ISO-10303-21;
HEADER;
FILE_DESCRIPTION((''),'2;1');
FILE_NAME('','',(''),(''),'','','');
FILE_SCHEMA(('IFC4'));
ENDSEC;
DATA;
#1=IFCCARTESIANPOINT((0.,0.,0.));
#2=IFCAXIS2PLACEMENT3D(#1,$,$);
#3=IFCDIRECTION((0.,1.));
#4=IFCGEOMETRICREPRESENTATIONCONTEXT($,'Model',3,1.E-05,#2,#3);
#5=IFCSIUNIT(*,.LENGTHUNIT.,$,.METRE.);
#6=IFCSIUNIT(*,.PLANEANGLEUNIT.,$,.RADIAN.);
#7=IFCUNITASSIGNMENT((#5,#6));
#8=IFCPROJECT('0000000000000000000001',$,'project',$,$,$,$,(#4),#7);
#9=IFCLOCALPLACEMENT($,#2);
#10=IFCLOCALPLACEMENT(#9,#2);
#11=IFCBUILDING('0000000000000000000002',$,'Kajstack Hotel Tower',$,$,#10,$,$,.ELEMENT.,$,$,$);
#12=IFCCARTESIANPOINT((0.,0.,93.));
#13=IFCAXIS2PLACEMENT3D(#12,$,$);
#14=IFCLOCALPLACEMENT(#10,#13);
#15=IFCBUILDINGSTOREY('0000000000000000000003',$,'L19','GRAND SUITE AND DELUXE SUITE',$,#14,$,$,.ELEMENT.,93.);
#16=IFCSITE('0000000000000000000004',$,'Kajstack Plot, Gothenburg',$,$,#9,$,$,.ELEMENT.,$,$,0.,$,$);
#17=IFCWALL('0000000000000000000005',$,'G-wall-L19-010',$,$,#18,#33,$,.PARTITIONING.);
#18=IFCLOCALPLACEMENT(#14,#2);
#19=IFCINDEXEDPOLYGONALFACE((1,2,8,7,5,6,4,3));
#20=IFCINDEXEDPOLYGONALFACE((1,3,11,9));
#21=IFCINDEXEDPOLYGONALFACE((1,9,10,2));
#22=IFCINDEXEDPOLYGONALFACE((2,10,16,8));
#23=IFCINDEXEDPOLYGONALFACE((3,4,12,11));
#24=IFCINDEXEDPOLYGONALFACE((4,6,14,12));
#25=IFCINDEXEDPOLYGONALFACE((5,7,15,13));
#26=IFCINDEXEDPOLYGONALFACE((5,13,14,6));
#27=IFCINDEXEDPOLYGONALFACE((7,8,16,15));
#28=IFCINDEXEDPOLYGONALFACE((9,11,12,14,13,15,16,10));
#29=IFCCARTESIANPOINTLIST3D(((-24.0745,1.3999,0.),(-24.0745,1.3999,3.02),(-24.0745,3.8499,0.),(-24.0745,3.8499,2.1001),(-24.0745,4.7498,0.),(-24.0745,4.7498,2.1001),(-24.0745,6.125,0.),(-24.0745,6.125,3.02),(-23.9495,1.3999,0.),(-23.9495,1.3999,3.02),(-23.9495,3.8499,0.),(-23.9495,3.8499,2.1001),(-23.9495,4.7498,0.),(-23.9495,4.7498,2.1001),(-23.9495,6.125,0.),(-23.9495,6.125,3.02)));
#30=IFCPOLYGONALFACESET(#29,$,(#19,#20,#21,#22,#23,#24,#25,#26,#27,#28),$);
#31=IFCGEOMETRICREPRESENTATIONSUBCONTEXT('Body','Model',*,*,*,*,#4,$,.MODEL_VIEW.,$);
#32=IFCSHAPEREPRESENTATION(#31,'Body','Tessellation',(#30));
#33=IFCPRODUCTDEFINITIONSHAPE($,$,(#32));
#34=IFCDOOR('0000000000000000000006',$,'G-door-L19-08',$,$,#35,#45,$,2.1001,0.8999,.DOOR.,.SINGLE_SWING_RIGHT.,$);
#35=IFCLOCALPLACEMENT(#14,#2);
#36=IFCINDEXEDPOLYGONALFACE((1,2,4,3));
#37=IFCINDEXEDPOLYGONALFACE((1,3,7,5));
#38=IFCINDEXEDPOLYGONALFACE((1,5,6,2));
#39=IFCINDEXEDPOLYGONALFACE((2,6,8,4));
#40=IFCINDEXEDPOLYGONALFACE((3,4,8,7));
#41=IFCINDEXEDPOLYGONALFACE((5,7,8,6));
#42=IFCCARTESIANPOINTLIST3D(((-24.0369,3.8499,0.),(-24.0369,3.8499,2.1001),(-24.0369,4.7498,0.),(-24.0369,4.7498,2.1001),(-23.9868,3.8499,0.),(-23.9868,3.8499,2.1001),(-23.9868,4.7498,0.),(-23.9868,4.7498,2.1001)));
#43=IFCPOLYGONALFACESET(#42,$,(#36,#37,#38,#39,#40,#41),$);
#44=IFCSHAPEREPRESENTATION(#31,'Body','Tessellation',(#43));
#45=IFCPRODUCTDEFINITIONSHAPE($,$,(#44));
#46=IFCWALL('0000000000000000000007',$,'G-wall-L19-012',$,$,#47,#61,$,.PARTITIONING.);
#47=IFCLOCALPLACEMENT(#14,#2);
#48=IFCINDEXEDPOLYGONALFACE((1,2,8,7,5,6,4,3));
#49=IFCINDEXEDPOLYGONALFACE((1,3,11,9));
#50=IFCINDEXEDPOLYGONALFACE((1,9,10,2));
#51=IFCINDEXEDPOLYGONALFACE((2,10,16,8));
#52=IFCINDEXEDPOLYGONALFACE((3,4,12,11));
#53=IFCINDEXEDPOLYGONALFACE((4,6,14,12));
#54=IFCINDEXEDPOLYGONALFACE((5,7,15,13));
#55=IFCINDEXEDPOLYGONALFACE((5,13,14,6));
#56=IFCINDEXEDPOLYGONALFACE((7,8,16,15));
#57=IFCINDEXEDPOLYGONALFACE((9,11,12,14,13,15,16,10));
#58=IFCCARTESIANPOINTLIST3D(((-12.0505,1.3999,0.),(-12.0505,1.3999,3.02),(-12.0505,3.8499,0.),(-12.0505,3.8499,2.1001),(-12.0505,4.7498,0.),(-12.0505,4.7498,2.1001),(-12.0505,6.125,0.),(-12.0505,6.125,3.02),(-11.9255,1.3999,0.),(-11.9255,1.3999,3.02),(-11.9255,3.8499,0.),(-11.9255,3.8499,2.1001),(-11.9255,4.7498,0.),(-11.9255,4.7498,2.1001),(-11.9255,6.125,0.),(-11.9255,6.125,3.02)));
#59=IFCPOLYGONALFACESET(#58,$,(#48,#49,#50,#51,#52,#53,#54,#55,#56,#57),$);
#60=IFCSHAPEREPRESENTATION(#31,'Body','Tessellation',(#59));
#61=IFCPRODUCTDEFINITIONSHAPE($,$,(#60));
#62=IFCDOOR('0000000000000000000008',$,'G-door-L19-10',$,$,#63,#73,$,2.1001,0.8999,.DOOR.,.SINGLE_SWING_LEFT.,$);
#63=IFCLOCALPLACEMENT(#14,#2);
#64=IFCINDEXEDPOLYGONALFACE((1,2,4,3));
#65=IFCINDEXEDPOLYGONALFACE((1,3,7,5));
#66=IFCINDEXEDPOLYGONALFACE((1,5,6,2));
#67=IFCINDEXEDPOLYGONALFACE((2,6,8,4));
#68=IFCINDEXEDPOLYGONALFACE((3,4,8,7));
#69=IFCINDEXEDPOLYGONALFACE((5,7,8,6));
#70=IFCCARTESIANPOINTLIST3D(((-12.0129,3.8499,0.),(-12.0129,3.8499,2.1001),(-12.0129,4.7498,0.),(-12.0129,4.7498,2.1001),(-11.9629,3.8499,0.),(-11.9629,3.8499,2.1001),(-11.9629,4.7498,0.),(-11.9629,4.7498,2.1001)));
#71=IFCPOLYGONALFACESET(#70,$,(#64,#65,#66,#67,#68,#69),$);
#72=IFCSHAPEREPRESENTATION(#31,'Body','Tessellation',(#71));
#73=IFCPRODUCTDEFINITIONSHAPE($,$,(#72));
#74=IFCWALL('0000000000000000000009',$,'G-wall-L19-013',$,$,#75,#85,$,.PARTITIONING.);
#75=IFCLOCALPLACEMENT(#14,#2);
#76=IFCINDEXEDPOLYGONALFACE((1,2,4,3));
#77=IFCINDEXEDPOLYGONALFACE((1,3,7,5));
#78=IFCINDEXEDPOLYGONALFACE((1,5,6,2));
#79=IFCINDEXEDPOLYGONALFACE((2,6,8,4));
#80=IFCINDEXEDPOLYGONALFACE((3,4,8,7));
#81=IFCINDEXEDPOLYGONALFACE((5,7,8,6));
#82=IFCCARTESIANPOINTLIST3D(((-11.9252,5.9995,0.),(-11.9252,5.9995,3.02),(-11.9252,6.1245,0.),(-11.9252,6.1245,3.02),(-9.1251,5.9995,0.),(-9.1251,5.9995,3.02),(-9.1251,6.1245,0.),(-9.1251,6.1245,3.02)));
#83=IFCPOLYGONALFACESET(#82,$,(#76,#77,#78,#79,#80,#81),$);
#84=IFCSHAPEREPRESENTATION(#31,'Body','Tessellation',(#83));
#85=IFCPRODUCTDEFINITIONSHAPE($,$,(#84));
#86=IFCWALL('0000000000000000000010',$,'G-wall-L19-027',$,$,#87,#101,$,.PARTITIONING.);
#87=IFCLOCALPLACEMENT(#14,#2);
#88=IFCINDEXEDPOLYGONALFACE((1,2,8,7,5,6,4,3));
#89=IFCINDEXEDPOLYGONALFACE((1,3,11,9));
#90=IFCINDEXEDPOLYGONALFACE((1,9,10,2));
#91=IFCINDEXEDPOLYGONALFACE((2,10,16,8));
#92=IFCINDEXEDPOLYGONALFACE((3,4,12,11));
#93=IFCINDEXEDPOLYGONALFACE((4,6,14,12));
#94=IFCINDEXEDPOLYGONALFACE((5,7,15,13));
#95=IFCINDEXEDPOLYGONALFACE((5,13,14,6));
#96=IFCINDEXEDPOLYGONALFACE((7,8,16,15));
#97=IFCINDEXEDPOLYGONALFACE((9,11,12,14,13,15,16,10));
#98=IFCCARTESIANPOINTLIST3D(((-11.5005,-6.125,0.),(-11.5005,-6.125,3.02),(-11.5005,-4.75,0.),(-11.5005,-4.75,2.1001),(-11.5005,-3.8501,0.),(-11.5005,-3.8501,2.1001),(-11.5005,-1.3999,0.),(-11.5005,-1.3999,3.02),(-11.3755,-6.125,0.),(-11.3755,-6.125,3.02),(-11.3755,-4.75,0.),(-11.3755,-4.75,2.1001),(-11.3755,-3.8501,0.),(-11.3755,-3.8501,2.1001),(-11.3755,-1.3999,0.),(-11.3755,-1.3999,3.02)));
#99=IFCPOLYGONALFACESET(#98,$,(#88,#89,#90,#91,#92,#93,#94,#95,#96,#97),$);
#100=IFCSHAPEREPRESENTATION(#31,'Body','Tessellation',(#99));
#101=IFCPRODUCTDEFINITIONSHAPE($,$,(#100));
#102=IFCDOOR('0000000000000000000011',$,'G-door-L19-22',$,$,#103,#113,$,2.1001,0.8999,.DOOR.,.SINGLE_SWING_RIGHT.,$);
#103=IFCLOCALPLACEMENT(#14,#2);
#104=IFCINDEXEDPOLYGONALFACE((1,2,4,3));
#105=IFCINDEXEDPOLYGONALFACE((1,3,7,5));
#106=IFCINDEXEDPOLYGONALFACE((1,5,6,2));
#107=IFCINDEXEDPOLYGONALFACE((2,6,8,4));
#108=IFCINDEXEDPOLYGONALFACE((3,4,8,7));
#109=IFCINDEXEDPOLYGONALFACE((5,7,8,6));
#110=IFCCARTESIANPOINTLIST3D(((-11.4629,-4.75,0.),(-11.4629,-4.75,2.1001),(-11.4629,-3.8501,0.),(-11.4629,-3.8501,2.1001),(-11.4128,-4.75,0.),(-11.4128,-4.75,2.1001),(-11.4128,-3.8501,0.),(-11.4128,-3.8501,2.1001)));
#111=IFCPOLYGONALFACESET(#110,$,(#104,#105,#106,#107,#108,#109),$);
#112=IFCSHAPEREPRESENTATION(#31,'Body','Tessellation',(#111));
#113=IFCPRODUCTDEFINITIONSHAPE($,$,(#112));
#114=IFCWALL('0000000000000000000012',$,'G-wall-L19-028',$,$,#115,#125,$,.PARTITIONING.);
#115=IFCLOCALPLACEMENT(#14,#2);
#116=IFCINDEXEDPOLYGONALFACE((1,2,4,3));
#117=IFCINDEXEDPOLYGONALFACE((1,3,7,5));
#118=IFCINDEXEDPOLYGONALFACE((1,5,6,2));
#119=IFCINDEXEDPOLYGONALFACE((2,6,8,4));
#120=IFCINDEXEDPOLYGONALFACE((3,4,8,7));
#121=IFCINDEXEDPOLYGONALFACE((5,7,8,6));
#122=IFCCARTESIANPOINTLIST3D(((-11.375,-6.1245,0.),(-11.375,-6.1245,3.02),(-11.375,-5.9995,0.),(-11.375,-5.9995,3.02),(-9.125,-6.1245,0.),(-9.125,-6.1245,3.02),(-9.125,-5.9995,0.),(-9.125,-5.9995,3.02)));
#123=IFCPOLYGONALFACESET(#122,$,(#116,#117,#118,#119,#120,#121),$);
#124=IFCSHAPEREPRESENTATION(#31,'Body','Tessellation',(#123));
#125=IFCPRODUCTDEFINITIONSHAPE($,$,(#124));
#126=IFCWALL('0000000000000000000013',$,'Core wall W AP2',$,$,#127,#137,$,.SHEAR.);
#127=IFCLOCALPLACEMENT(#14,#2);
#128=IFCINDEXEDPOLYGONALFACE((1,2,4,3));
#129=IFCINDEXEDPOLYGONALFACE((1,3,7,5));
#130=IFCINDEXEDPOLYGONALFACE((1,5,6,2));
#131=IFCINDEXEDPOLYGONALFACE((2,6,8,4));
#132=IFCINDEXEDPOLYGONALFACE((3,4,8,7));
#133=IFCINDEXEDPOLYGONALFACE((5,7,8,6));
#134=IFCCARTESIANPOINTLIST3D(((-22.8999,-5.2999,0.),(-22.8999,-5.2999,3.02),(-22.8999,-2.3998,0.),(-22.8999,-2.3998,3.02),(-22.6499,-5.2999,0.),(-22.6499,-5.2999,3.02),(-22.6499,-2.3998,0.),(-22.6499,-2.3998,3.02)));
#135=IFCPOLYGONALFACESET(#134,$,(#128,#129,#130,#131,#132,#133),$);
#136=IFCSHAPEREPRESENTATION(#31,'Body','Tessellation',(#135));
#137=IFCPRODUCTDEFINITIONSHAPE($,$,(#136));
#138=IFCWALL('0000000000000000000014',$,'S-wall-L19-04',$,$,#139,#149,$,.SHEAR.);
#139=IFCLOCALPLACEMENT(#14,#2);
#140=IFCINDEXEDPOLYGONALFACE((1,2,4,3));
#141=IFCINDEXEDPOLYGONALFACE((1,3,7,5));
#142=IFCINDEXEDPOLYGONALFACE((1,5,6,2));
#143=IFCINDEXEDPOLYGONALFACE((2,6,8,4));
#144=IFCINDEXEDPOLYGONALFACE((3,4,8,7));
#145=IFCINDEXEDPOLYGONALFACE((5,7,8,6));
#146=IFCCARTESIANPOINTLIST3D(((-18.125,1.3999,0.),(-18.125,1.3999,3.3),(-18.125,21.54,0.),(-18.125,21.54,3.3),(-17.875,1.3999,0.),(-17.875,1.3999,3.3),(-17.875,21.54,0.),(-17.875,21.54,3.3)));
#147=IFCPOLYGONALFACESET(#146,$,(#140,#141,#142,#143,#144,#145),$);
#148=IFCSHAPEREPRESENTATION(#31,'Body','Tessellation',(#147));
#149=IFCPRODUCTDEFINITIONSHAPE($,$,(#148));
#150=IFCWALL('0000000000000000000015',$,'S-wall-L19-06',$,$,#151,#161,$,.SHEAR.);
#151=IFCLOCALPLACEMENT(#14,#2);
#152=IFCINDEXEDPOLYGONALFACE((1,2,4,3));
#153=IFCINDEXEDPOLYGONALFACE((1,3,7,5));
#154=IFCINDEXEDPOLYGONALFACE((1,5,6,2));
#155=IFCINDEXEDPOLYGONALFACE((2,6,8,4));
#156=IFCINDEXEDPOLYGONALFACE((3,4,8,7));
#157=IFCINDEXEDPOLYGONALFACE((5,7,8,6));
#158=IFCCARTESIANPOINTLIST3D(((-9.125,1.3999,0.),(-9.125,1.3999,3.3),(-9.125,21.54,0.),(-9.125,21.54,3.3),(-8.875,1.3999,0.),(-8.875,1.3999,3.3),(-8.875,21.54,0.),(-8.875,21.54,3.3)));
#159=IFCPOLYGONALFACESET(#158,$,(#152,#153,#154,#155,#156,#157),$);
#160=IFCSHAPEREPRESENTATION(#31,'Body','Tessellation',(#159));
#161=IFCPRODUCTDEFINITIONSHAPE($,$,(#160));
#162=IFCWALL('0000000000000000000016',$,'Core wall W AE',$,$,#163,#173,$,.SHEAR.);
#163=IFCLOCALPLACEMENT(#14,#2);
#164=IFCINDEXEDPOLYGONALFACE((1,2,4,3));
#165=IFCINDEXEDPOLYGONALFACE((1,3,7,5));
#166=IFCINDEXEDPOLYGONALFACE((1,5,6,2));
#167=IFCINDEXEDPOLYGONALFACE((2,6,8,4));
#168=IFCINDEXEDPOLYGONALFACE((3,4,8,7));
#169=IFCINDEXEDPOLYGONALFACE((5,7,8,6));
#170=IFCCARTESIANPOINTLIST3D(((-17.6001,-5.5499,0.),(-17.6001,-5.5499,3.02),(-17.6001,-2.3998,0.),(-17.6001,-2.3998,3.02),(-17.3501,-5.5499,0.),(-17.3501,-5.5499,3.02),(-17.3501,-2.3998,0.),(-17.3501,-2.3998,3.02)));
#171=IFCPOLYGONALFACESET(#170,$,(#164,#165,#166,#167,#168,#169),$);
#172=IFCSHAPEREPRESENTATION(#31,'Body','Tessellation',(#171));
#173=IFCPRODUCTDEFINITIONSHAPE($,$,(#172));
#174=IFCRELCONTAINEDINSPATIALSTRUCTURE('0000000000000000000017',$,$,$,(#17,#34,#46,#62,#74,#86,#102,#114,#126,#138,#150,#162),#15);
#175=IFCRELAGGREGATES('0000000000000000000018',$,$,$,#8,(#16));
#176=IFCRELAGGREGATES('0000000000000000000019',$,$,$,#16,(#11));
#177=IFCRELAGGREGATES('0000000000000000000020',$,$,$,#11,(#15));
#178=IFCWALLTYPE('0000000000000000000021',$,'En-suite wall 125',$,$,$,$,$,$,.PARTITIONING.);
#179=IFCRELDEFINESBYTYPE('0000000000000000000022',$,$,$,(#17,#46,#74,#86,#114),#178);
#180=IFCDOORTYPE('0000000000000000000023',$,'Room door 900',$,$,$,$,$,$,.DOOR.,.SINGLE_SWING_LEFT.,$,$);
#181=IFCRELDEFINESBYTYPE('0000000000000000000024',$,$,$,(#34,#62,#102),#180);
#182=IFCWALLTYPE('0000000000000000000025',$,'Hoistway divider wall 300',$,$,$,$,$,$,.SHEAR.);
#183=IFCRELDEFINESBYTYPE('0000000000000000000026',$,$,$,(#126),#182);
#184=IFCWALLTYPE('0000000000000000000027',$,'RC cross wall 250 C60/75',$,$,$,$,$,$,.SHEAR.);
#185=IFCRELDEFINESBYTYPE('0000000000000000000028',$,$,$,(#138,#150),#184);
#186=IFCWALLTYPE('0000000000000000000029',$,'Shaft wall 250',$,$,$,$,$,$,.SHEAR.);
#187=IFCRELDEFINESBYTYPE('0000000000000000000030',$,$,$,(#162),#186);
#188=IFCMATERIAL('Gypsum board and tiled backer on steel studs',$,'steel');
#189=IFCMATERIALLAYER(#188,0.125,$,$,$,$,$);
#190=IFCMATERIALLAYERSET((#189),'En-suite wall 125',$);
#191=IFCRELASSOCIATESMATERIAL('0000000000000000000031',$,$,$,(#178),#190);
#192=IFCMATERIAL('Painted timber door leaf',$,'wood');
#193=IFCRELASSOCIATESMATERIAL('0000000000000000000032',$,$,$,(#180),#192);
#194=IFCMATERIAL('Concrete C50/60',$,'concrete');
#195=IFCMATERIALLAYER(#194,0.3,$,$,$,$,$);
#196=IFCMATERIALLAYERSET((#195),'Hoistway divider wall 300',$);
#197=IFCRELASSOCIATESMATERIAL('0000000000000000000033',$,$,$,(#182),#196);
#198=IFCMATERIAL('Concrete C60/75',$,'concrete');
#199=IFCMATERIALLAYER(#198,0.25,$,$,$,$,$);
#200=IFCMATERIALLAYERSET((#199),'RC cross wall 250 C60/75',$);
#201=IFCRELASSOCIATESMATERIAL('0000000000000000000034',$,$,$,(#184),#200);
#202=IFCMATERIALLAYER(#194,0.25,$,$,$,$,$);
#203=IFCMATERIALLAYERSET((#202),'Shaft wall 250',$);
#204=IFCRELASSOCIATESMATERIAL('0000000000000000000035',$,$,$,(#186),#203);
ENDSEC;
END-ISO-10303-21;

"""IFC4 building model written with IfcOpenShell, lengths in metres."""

from ifc_helpers import new_model, si_unit, direction, frame, frame_2d, origin, place, context, subcontext, project, spatial, rectangle, extrude, material, layer, layer_set, type_object, element, fill, save


model = new_model("IFC4")

# Units and contexts
model_context = context("Model", 3, precision=1e-05, world=origin(), true_north=direction((0.0, 1.0)))
body_context = subcontext(model_context, "Body", "Model", "MODEL_VIEW")
ifc_project = project(units=[si_unit("LENGTHUNIT", "METRE"), si_unit("PLANEANGLEUNIT", "RADIAN")], contexts=[model_context])

# Site, building, storey
site_placement = place(None, origin())
site = spatial("IfcSite", under=ifc_project, at=site_placement, Name="Kajstack Plot, Gothenburg", CompositionType="ELEMENT", RefElevation=0.0)
building_placement = place(site_placement, origin())
building = spatial("IfcBuilding", under=site, at=building_placement, Name="Kajstack Hotel Tower", CompositionType="ELEMENT")
storey_placement = place(building_placement, frame((0.0, 0.0, 93.0)))
storey = spatial("IfcBuildingStorey", under=building, at=storey_placement, Name="L19", Description="GRAND SUITE AND DELUXE SUITE", CompositionType="ELEMENT", Elevation=93.0)

# Walls, openings, doors
ifc_material_1 = material(Name="Gypsum board and tiled backer on steel studs", Category="steel")
ifc_layer_1 = layer(ifc_material_1, 0.125)
ifc_layer_set_1 = layer_set([ifc_layer_1], Name="En-suite wall 125")
wall_type_1 = type_object("IfcWallType", Name="En-suite wall 125", PredefinedType="PARTITIONING", material=ifc_layer_set_1)
wall_1_placement = place(storey_placement, frame((-24.012, 1.3999, 0.0), z_axis=(0.0, 0.0, 1.0), x_axis=(0.0, 1.0, 0.0)))
wall_1 = element("IfcWall", 1, at=wall_1_placement, inside=storey, type_object=wall_type_1, Name="G-wall-L19-010", PredefinedType="PARTITIONING", context=body_context, shape_type="SweptSolid", body=[
    extrude(rectangle(XDim=4.7251, YDim=0.125, at=frame_2d((2.3625, 0.0))), origin(), (0.0, 0.0, 1.0), 3.02),
])
opening_1_placement = place(wall_1_placement, frame((2.45, 0.0, 0.0)))
opening_1 = element("IfcOpeningElement", 2, at=opening_1_placement, cuts=wall_1, PredefinedType="OPENING", context=body_context, shape_type="SweptSolid", body=[
    extrude(rectangle(XDim=0.8999, YDim=2.1001, at=frame_2d((0.45, 1.05))), frame((0.0, 0.0725, 0.0), z_axis=(0.0, -1.0, 0.0), x_axis=(1.0, 0.0, 0.0)), (0.0, 0.0, 1.0), 0.145),
])
ifc_material_2 = material(Name="Painted timber door leaf", Category="wood")
door_type_1 = type_object("IfcDoorType", Name="Room door 900", OperationType="SINGLE_SWING_LEFT", PredefinedType="DOOR", material=ifc_material_2)
door_1_placement = place(opening_1_placement, origin())
door_1 = element("IfcDoor", 3, at=door_1_placement, inside=storey, type_object=door_type_1, Name="G-door-L19-08", OperationType="SINGLE_SWING_RIGHT", OverallHeight=2.1001, OverallWidth=0.8999, PredefinedType="DOOR", context=body_context, shape_type="SweptSolid", body=[
    extrude(rectangle(XDim=0.8999, YDim=2.1001, at=frame_2d((0.45, 1.05))), frame((0.0, 0.0249, 0.0), z_axis=(0.0, -1.0, 0.0), x_axis=(1.0, 0.0, 0.0)), (0.0, 0.0, 1.0), 0.05),
])
fill(opening_1, door_1)
wall_2_placement = place(storey_placement, frame((-11.988, 1.3999, 0.0), z_axis=(0.0, 0.0, 1.0), x_axis=(0.0, 1.0, 0.0)))
wall_2 = element("IfcWall", 4, at=wall_2_placement, inside=storey, type_object=wall_type_1, Name="G-wall-L19-012", PredefinedType="PARTITIONING", context=body_context, shape_type="SweptSolid", body=[
    extrude(rectangle(XDim=4.7251, YDim=0.125, at=frame_2d((2.3625, 0.0))), origin(), (0.0, 0.0, 1.0), 3.02),
])
opening_2_placement = place(wall_2_placement, frame((2.45, 0.0, 0.0)))
opening_2 = element("IfcOpeningElement", 5, at=opening_2_placement, cuts=wall_2, PredefinedType="OPENING", context=body_context, shape_type="SweptSolid", body=[
    extrude(rectangle(XDim=0.8999, YDim=2.1001, at=frame_2d((0.45, 1.05))), frame((0.0, 0.0725, 0.0), z_axis=(0.0, -1.0, 0.0), x_axis=(1.0, 0.0, 0.0)), (0.0, 0.0, 1.0), 0.145),
])
door_2_placement = place(opening_2_placement, origin())
door_2 = element("IfcDoor", 6, at=door_2_placement, inside=storey, type_object=door_type_1, Name="G-door-L19-10", OperationType="SINGLE_SWING_LEFT", OverallHeight=2.1001, OverallWidth=0.8999, PredefinedType="DOOR", context=body_context, shape_type="SweptSolid", body=[
    extrude(rectangle(XDim=0.8999, YDim=2.1001, at=frame_2d((0.45, 1.05))), frame((0.0, 0.0249, 0.0), z_axis=(0.0, -1.0, 0.0), x_axis=(1.0, 0.0, 0.0)), (0.0, 0.0, 1.0), 0.05),
])
fill(opening_2, door_2)

# Wall
wall_3_placement = place(storey_placement, frame((-11.925, 6.062, 0.0), z_axis=(0.0, 0.0, 1.0), x_axis=(1.0, 0.0, 0.0)))
element("IfcWall", 7, at=wall_3_placement, inside=storey, type_object=wall_type_1, Name="G-wall-L19-013", PredefinedType="PARTITIONING", context=body_context, shape_type="SweptSolid", body=[
    extrude(rectangle(XDim=2.8, YDim=0.125, at=frame_2d((1.3999, 0.0))), origin(), (0.0, 0.0, 1.0), 3.02),
])

# Wall, opening, door
wall_4_placement = place(storey_placement, frame((-11.438, -6.125, 0.0), z_axis=(0.0, 0.0, 1.0), x_axis=(0.0, 1.0, 0.0)))
wall_4 = element("IfcWall", 8, at=wall_4_placement, inside=storey, type_object=wall_type_1, Name="G-wall-L19-027", PredefinedType="PARTITIONING", context=body_context, shape_type="SweptSolid", body=[
    extrude(rectangle(XDim=4.7251, YDim=0.125, at=frame_2d((2.3625, 0.0))), origin(), (0.0, 0.0, 1.0), 3.02),
])
opening_3_placement = place(wall_4_placement, frame((1.375, 0.0, 0.0)))
opening_3 = element("IfcOpeningElement", 9, at=opening_3_placement, cuts=wall_4, PredefinedType="OPENING", context=body_context, shape_type="SweptSolid", body=[
    extrude(rectangle(XDim=0.8999, YDim=2.1001, at=frame_2d((0.45, 1.05))), frame((0.0, 0.0725, 0.0), z_axis=(0.0, -1.0, 0.0), x_axis=(1.0, 0.0, 0.0)), (0.0, 0.0, 1.0), 0.145),
])
door_3_placement = place(opening_3_placement, origin())
door_3 = element("IfcDoor", 10, at=door_3_placement, inside=storey, type_object=door_type_1, Name="G-door-L19-22", OperationType="SINGLE_SWING_RIGHT", OverallHeight=2.1001, OverallWidth=0.8999, PredefinedType="DOOR", context=body_context, shape_type="SweptSolid", body=[
    extrude(rectangle(XDim=0.8999, YDim=2.1001, at=frame_2d((0.45, 1.05))), frame((0.0, 0.0249, 0.0), z_axis=(0.0, -1.0, 0.0), x_axis=(1.0, 0.0, 0.0)), (0.0, 0.0, 1.0), 0.05),
])
fill(opening_3, door_3)

# Walls
wall_5_placement = place(storey_placement, frame((-11.375, -6.062, 0.0), z_axis=(0.0, 0.0, 1.0), x_axis=(1.0, 0.0, 0.0)))
element("IfcWall", 11, at=wall_5_placement, inside=storey, type_object=wall_type_1, Name="G-wall-L19-028", PredefinedType="PARTITIONING", context=body_context, shape_type="SweptSolid", body=[
    extrude(rectangle(XDim=2.25, YDim=0.125, at=frame_2d((1.125, 0.0))), origin(), (0.0, 0.0, 1.0), 3.02),
])
ifc_material_3 = material(Name="Concrete C50/60", Category="concrete")
ifc_layer_2 = layer(ifc_material_3, 0.3)
ifc_layer_set_2 = layer_set([ifc_layer_2], Name="Hoistway divider wall 300")
wall_type_2 = type_object("IfcWallType", Name="Hoistway divider wall 300", PredefinedType="SHEAR", material=ifc_layer_set_2)
wall_6_placement = place(storey_placement, frame((-22.7749, -5.3, 0.0), z_axis=(0.0, 0.0, 1.0), x_axis=(0.0, 1.0, 0.0)))
element("IfcWall", 12, at=wall_6_placement, inside=storey, type_object=wall_type_2, Name="Core wall W AP2", PredefinedType="SHEAR", context=body_context, shape_type="SweptSolid", body=[
    extrude(rectangle(XDim=2.9001, YDim=0.25, at=frame_2d((1.4502, 0.0))), origin(), (0.0, 0.0, 1.0), 3.02),
])
ifc_material_4 = material(Name="Concrete C60/75", Category="concrete")
ifc_layer_3 = layer(ifc_material_4, 0.25)
ifc_layer_set_3 = layer_set([ifc_layer_3], Name="RC cross wall 250 C60/75")
wall_type_3 = type_object("IfcWallType", Name="RC cross wall 250 C60/75", PredefinedType="SHEAR", material=ifc_layer_set_3)
for number, where, z_axis, x_axis, name in (
    (13, (-18.0, 1.3999, 0.0), (0.0, 0.0, 1.0), (0.0, 1.0, 0.0), "S-wall-L19-04"),
    (14, (-9.0, 1.3999, 0.0), (0.0, 0.0, 1.0), (0.0, 1.0, 0.0), "S-wall-L19-06"),
):
    element("IfcWall", number, at=place(storey_placement, frame(where, z_axis=z_axis, x_axis=x_axis)), inside=storey, type_object=wall_type_3, Name=name, PredefinedType="SHEAR", context=body_context, shape_type="SweptSolid", body=[
        extrude(rectangle(XDim=20.1401, YDim=0.25, at=frame_2d((10.0701, 0.0))), origin(), (0.0, 0.0, 1.0), 3.3),
    ])
ifc_layer_4 = layer(ifc_material_3, 0.25)
ifc_layer_set_4 = layer_set([ifc_layer_4], Name="Shaft wall 250")
wall_type_4 = type_object("IfcWallType", Name="Shaft wall 250", PredefinedType="SHEAR", material=ifc_layer_set_4)
wall_7_placement = place(storey_placement, frame((-17.4751, -5.55, 0.0), z_axis=(0.0, 0.0, 1.0), x_axis=(0.0, 1.0, 0.0)))
element("IfcWall", 15, at=wall_7_placement, inside=storey, type_object=wall_type_4, Name="Core wall W AE", PredefinedType="SHEAR", context=body_context, shape_type="SweptSolid", body=[
    extrude(rectangle(XDim=3.1501, YDim=0.25, at=frame_2d((1.5752, 0.0))), origin(), (0.0, 0.0, 1.0), 3.02),
])

save(model, "model.ifc")
